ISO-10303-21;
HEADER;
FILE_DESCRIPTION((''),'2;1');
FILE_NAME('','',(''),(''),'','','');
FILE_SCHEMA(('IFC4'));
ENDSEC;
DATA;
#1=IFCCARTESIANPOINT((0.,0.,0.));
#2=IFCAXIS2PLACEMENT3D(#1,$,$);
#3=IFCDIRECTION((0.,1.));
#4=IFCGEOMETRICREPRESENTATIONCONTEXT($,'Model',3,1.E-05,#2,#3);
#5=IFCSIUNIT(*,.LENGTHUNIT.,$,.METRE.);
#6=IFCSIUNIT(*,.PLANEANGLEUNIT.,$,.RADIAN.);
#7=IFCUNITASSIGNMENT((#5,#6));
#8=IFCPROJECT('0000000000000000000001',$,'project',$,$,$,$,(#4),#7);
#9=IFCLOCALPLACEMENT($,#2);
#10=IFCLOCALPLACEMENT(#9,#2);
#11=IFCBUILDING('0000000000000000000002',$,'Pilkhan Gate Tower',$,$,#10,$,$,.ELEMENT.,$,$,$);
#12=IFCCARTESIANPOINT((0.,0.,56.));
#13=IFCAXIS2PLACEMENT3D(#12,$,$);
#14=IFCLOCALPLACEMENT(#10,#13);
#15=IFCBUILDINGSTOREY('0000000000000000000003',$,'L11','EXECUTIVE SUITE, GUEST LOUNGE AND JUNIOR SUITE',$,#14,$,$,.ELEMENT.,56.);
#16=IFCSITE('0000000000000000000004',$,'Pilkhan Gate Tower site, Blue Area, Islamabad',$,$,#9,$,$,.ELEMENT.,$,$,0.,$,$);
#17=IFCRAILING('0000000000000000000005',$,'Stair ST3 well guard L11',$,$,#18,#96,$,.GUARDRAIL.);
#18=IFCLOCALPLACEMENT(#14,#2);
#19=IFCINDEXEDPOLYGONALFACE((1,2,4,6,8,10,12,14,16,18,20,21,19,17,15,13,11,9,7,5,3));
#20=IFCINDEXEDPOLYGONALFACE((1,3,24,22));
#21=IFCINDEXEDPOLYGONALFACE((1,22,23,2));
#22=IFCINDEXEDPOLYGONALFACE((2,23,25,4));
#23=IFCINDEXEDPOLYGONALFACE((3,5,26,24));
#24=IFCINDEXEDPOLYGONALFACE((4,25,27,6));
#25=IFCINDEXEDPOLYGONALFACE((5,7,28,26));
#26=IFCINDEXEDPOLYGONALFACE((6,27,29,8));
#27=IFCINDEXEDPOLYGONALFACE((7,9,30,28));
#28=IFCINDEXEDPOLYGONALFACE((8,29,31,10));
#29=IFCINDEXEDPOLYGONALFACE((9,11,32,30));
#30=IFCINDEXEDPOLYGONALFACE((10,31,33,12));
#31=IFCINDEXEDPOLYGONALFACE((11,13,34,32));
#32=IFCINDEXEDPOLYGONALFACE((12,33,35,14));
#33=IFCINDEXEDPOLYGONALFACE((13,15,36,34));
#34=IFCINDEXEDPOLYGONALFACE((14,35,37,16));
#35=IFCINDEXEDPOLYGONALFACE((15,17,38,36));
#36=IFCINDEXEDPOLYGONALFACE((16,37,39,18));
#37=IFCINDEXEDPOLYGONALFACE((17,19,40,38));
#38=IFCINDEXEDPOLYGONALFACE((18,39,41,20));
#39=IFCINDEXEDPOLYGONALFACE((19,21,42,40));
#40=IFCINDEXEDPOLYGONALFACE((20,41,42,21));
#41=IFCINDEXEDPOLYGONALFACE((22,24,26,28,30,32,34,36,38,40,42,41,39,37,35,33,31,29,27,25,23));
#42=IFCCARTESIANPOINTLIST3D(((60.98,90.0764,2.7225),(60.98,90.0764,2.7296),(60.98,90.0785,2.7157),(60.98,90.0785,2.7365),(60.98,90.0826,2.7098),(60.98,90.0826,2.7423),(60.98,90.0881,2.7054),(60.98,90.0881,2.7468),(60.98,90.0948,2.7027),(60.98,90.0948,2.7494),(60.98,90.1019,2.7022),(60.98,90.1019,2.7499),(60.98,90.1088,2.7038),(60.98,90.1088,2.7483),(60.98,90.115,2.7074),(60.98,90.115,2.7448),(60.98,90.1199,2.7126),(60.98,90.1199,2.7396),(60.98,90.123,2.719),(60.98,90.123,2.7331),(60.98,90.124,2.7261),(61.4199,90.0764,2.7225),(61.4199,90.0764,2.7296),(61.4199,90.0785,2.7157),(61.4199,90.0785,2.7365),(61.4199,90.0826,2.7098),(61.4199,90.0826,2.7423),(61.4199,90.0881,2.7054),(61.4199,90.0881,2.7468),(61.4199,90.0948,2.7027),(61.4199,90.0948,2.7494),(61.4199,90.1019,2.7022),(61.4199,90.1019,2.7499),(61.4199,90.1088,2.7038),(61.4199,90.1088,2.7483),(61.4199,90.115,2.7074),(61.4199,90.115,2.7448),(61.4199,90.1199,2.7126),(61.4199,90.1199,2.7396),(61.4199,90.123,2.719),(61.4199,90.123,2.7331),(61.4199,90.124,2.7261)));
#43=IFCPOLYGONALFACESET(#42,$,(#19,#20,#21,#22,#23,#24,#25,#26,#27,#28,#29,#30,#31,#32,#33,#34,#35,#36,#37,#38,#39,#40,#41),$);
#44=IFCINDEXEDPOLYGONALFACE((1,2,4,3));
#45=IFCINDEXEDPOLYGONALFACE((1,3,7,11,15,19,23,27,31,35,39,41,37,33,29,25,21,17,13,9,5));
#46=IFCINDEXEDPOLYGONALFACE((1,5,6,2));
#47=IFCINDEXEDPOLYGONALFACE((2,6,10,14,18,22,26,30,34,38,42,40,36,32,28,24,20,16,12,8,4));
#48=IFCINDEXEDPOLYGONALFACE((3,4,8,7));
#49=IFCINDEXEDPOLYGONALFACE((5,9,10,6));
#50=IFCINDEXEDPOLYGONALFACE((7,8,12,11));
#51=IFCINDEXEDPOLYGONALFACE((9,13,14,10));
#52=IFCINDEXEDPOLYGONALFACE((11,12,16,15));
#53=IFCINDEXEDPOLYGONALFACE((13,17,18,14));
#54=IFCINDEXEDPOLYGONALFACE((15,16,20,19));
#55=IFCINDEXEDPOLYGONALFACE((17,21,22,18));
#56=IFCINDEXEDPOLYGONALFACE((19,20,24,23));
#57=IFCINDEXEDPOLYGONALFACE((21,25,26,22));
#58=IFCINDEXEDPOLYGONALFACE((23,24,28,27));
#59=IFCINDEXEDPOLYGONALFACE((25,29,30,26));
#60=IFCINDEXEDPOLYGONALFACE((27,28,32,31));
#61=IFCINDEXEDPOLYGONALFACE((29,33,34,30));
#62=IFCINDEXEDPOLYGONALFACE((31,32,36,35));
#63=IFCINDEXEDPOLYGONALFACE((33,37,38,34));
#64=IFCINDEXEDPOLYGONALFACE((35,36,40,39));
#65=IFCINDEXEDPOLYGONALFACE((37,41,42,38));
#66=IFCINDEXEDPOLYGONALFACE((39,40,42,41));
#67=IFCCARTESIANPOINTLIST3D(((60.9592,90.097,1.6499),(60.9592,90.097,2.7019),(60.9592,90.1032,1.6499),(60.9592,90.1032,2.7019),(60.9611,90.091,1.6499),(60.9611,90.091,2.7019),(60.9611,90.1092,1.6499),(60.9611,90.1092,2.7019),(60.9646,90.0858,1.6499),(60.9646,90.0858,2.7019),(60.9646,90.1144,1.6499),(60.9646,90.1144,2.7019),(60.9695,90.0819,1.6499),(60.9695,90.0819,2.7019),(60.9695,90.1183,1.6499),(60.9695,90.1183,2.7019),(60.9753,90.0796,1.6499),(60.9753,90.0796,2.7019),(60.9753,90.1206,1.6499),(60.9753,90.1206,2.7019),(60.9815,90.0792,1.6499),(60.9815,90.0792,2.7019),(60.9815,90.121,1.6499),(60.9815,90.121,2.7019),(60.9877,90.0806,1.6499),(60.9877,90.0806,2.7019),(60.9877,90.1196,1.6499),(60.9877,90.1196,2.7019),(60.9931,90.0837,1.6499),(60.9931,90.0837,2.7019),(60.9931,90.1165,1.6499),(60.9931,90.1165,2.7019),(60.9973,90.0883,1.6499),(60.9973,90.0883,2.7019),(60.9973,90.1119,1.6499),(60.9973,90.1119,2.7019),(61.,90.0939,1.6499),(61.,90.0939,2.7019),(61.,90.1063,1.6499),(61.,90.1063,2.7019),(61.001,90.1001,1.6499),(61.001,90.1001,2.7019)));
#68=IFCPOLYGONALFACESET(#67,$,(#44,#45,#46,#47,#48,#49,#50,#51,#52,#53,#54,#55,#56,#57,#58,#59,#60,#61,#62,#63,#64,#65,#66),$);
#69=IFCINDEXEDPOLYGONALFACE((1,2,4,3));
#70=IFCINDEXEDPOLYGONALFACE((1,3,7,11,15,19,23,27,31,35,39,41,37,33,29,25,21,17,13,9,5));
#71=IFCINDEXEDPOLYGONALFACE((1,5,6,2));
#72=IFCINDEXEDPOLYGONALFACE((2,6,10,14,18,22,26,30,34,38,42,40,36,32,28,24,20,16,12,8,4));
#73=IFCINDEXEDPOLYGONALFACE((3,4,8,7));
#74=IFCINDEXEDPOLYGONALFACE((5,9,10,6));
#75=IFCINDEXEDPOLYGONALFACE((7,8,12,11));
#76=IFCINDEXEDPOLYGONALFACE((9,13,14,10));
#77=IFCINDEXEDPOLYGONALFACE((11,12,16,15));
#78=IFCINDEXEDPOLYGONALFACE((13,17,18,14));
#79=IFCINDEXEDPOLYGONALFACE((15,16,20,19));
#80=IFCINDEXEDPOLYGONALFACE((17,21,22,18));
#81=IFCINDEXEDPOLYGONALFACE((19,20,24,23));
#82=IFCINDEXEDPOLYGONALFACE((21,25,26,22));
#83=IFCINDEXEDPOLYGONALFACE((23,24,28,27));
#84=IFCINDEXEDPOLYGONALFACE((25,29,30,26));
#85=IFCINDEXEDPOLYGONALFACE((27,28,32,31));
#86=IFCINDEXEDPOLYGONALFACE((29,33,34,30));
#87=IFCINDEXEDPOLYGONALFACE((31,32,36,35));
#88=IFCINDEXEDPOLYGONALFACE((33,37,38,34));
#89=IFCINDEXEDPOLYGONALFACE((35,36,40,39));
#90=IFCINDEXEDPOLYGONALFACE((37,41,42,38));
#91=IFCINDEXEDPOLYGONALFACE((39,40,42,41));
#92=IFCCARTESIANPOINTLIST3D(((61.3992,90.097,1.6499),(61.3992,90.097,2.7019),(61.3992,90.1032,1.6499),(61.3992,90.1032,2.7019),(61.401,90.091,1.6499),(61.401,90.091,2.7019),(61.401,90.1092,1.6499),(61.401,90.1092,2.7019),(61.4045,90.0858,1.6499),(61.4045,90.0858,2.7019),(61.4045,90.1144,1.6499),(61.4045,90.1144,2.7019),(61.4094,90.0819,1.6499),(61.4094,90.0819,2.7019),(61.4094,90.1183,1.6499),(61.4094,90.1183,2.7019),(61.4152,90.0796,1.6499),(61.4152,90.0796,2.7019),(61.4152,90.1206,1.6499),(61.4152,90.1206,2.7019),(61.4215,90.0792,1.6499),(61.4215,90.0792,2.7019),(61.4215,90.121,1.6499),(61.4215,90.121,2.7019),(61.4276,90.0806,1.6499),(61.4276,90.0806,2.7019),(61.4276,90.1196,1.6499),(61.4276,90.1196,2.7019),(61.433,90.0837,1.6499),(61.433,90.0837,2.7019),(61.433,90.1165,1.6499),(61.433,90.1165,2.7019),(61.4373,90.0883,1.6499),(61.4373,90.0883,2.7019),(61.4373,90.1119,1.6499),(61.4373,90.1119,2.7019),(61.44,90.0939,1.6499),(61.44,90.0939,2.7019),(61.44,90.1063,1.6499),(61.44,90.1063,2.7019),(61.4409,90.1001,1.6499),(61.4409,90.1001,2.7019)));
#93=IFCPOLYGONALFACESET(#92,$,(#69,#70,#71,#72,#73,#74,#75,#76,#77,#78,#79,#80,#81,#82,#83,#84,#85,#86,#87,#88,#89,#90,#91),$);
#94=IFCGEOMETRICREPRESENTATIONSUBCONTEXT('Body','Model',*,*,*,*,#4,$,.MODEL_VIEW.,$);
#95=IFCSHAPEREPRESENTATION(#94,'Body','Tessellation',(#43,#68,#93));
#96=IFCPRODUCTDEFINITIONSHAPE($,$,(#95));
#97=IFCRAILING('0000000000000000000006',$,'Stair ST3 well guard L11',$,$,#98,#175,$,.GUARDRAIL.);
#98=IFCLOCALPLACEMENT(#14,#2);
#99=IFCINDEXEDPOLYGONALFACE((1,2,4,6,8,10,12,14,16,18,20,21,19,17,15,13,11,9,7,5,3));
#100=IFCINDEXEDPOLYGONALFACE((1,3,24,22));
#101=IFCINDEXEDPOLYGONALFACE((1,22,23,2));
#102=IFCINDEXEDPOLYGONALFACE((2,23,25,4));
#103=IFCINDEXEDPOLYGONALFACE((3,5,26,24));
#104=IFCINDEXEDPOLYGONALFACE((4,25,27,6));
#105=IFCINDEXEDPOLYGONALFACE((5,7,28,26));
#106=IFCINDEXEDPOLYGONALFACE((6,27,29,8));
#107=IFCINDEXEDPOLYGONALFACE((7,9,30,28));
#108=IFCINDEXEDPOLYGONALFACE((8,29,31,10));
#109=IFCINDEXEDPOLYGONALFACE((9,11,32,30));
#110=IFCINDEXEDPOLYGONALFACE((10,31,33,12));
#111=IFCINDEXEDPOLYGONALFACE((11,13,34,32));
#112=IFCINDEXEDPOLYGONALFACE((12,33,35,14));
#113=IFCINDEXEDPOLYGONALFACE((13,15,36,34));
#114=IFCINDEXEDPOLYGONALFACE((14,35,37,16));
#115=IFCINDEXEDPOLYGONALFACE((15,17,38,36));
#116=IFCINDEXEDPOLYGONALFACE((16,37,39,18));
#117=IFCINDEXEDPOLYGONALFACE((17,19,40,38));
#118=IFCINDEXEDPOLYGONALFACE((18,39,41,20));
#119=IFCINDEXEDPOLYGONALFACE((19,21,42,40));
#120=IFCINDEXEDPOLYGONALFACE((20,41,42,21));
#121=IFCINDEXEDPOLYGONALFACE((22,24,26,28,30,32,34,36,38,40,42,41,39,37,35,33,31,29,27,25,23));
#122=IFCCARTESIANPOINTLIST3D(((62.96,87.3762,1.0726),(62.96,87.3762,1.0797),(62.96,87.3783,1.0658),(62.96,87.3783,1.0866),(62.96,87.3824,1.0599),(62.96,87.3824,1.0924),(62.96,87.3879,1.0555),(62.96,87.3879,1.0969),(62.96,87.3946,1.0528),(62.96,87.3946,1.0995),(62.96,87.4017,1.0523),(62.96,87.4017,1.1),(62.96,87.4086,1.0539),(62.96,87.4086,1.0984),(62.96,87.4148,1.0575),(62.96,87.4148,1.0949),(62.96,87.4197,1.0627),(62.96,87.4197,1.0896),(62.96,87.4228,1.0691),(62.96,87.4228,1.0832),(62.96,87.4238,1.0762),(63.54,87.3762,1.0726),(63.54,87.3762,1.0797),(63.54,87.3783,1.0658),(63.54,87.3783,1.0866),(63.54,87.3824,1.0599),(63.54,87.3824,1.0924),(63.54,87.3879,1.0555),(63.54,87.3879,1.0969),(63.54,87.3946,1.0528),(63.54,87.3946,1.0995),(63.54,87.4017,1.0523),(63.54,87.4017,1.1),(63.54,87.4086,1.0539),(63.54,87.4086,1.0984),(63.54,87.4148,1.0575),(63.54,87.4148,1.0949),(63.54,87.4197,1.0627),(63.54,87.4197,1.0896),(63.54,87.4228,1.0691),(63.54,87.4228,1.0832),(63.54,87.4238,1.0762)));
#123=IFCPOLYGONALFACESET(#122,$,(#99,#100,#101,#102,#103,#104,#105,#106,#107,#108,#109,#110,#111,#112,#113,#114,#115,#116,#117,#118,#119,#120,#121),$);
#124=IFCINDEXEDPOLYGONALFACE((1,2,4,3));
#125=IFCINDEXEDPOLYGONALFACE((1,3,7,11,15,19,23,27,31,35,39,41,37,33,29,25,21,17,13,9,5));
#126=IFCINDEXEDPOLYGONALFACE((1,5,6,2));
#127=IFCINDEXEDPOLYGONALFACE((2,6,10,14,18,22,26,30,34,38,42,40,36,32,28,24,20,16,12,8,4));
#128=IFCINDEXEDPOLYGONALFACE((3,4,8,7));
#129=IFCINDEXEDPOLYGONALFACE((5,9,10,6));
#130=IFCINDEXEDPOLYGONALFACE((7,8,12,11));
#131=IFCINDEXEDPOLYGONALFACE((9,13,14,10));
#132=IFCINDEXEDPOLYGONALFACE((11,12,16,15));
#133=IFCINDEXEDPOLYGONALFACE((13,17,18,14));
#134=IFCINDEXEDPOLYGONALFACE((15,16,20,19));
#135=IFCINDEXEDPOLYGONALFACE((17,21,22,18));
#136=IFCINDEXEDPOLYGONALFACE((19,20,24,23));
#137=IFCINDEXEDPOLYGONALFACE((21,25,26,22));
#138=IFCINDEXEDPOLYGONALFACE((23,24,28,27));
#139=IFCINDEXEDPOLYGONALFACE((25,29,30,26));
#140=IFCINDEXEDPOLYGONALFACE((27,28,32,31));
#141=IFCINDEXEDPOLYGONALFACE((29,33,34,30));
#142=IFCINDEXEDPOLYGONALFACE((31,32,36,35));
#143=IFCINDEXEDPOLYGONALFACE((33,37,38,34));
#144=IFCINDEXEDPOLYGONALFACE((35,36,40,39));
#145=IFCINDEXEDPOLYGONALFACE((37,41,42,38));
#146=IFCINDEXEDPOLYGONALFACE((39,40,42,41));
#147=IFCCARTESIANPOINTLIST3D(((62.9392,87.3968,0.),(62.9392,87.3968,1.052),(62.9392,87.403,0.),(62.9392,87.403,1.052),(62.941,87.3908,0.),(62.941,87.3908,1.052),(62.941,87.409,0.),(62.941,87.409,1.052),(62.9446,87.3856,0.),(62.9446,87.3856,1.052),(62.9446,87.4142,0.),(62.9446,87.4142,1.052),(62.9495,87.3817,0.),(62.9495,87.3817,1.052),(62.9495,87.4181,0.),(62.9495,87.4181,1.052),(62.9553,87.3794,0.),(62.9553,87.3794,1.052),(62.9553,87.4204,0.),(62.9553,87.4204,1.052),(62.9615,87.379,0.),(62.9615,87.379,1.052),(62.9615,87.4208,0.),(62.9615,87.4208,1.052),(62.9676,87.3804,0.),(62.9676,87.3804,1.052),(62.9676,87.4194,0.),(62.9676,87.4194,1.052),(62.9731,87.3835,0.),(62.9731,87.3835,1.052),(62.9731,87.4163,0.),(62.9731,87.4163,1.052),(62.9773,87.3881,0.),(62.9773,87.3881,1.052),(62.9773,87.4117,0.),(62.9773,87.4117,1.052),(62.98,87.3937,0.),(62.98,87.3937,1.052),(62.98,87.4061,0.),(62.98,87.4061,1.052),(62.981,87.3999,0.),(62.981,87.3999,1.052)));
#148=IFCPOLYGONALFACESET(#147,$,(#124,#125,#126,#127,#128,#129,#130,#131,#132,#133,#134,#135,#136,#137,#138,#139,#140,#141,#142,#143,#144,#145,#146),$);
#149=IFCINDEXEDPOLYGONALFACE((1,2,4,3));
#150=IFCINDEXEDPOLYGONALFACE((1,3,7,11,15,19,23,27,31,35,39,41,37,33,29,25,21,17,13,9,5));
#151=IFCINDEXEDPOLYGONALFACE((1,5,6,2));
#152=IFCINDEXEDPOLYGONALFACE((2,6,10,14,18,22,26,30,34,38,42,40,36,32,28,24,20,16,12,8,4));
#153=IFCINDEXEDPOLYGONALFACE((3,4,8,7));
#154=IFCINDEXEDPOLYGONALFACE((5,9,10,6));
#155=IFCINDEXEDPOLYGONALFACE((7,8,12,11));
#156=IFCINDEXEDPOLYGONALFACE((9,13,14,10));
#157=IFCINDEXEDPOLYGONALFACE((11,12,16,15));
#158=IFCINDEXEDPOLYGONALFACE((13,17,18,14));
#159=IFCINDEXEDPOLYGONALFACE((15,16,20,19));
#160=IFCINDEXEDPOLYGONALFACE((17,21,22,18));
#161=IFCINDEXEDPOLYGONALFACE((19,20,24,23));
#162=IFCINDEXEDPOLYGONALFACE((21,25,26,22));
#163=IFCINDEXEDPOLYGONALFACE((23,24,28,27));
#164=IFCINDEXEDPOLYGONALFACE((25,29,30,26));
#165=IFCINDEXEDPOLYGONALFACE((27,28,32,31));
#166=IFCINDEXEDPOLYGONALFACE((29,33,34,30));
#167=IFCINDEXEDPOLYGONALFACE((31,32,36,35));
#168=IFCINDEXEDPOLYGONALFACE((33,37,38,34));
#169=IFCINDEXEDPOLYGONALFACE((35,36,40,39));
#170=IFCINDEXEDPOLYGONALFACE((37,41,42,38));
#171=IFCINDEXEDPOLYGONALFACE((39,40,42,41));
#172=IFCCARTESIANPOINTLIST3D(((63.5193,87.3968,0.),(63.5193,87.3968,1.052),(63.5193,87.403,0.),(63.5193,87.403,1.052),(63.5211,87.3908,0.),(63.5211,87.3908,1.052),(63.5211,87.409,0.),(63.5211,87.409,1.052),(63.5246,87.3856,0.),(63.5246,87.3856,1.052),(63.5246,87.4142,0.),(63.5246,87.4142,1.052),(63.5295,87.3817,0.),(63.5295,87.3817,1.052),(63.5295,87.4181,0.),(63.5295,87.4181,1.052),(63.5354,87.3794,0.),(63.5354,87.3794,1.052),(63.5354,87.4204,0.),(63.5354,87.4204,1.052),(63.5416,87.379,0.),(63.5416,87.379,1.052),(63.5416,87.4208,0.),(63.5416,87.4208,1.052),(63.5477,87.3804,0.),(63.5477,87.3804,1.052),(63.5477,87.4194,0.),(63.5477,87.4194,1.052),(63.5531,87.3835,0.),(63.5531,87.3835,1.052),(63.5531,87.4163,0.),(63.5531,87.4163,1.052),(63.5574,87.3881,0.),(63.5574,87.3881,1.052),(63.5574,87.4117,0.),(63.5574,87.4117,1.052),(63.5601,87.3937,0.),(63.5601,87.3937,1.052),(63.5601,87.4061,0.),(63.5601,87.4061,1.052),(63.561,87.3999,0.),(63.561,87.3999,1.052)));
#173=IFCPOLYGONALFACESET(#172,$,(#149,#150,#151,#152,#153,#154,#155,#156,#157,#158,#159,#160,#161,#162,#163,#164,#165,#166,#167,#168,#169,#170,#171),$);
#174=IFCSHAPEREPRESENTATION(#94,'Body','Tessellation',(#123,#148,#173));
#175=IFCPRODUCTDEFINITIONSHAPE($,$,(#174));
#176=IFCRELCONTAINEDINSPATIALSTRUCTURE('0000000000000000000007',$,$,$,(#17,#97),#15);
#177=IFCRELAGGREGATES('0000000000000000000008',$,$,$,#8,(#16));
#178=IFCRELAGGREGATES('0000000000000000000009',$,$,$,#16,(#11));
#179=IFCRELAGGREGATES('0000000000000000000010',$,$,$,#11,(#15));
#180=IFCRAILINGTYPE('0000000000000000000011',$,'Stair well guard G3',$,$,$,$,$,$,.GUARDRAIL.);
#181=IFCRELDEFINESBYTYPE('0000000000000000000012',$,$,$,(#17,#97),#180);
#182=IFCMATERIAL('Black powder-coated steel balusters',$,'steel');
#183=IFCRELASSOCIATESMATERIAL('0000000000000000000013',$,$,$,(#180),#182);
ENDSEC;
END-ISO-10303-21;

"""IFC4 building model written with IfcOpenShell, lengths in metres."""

from ifc_helpers import new_model, si_unit, direction, frame, origin, origin_2d, place, context, subcontext, project, spatial, circle, extrude, material, type_object, element, save


model = new_model("IFC4")

# Units and contexts
model_context = context("Model", 3, precision=1e-05, world=origin(), true_north=direction((0.0, 1.0)))
body_context = subcontext(model_context, "Body", "Model", "MODEL_VIEW")
ifc_project = project(units=[si_unit("LENGTHUNIT", "METRE"), si_unit("PLANEANGLEUNIT", "RADIAN")], contexts=[model_context])

# Site, building, storey
site_placement = place(None, origin())
site = spatial("IfcSite", under=ifc_project, at=site_placement, Name="Pilkhan Gate Tower site, Blue Area, Islamabad", CompositionType="ELEMENT", RefElevation=0.0)
building_placement = place(site_placement, origin())
building = spatial("IfcBuilding", under=site, at=building_placement, Name="Pilkhan Gate Tower", CompositionType="ELEMENT")
storey_placement = place(building_placement, frame((0.0, 0.0, 56.0)))
storey = spatial("IfcBuildingStorey", under=building, at=storey_placement, Name="L11", Description="EXECUTIVE SUITE, GUEST LOUNGE AND JUNIOR SUITE", CompositionType="ELEMENT", Elevation=56.0)

# Railings
ifc_material_1 = material(Name="Black powder-coated steel balusters", Category="steel")
railing_type_1 = type_object("IfcRailingType", Name="Stair well guard G3", PredefinedType="GUARDRAIL", material=ifc_material_1)
railing_1_placement = place(storey_placement, frame((60.98, 90.1001, 1.6499)))
element("IfcRailing", 1, at=railing_1_placement, inside=storey, type_object=railing_type_1, Name="Stair ST3 well guard L11", PredefinedType="GUARDRAIL", context=body_context, shape_type="SweptSolid", body=[
    extrude(circle(Radius=0.0239, at=origin_2d()), frame((0.0, 0.0, 1.0762), z_axis=(1.0, 0.0, 0.0), x_axis=(0.0, 1.0, 0.0)), (0.0, 0.0, 1.0), 0.4399),
    extrude(circle(Radius=0.021, at=origin_2d()), origin(), (0.0, 0.0, 1.0), 1.052),
    extrude(circle(Radius=0.021, at=origin_2d()), frame((0.4399, 0.0, 0.0)), (0.0, 0.0, 1.0), 1.052),
])
for number, where, name in (
    (2, (62.96, 87.3999, 0.0), "Stair ST3 well guard L11"),
):
    element("IfcRailing", number, at=place(storey_placement, frame(where)), inside=storey, type_object=railing_type_1, Name=name, PredefinedType="GUARDRAIL", context=body_context, shape_type="SweptSolid", body=[
        extrude(circle(Radius=0.0239, at=origin_2d()), frame((0.0, 0.0, 1.0762), z_axis=(1.0, 0.0, 0.0), x_axis=(0.0, 1.0, 0.0)), (0.0, 0.0, 1.0), 0.5801),
        extrude(circle(Radius=0.021, at=origin_2d()), origin(), (0.0, 0.0, 1.0), 1.052),
        extrude(circle(Radius=0.021, at=origin_2d()), frame((0.5801, 0.0, 0.0)), (0.0, 0.0, 1.0), 1.052),
    ])

save(model, "model.ifc")
